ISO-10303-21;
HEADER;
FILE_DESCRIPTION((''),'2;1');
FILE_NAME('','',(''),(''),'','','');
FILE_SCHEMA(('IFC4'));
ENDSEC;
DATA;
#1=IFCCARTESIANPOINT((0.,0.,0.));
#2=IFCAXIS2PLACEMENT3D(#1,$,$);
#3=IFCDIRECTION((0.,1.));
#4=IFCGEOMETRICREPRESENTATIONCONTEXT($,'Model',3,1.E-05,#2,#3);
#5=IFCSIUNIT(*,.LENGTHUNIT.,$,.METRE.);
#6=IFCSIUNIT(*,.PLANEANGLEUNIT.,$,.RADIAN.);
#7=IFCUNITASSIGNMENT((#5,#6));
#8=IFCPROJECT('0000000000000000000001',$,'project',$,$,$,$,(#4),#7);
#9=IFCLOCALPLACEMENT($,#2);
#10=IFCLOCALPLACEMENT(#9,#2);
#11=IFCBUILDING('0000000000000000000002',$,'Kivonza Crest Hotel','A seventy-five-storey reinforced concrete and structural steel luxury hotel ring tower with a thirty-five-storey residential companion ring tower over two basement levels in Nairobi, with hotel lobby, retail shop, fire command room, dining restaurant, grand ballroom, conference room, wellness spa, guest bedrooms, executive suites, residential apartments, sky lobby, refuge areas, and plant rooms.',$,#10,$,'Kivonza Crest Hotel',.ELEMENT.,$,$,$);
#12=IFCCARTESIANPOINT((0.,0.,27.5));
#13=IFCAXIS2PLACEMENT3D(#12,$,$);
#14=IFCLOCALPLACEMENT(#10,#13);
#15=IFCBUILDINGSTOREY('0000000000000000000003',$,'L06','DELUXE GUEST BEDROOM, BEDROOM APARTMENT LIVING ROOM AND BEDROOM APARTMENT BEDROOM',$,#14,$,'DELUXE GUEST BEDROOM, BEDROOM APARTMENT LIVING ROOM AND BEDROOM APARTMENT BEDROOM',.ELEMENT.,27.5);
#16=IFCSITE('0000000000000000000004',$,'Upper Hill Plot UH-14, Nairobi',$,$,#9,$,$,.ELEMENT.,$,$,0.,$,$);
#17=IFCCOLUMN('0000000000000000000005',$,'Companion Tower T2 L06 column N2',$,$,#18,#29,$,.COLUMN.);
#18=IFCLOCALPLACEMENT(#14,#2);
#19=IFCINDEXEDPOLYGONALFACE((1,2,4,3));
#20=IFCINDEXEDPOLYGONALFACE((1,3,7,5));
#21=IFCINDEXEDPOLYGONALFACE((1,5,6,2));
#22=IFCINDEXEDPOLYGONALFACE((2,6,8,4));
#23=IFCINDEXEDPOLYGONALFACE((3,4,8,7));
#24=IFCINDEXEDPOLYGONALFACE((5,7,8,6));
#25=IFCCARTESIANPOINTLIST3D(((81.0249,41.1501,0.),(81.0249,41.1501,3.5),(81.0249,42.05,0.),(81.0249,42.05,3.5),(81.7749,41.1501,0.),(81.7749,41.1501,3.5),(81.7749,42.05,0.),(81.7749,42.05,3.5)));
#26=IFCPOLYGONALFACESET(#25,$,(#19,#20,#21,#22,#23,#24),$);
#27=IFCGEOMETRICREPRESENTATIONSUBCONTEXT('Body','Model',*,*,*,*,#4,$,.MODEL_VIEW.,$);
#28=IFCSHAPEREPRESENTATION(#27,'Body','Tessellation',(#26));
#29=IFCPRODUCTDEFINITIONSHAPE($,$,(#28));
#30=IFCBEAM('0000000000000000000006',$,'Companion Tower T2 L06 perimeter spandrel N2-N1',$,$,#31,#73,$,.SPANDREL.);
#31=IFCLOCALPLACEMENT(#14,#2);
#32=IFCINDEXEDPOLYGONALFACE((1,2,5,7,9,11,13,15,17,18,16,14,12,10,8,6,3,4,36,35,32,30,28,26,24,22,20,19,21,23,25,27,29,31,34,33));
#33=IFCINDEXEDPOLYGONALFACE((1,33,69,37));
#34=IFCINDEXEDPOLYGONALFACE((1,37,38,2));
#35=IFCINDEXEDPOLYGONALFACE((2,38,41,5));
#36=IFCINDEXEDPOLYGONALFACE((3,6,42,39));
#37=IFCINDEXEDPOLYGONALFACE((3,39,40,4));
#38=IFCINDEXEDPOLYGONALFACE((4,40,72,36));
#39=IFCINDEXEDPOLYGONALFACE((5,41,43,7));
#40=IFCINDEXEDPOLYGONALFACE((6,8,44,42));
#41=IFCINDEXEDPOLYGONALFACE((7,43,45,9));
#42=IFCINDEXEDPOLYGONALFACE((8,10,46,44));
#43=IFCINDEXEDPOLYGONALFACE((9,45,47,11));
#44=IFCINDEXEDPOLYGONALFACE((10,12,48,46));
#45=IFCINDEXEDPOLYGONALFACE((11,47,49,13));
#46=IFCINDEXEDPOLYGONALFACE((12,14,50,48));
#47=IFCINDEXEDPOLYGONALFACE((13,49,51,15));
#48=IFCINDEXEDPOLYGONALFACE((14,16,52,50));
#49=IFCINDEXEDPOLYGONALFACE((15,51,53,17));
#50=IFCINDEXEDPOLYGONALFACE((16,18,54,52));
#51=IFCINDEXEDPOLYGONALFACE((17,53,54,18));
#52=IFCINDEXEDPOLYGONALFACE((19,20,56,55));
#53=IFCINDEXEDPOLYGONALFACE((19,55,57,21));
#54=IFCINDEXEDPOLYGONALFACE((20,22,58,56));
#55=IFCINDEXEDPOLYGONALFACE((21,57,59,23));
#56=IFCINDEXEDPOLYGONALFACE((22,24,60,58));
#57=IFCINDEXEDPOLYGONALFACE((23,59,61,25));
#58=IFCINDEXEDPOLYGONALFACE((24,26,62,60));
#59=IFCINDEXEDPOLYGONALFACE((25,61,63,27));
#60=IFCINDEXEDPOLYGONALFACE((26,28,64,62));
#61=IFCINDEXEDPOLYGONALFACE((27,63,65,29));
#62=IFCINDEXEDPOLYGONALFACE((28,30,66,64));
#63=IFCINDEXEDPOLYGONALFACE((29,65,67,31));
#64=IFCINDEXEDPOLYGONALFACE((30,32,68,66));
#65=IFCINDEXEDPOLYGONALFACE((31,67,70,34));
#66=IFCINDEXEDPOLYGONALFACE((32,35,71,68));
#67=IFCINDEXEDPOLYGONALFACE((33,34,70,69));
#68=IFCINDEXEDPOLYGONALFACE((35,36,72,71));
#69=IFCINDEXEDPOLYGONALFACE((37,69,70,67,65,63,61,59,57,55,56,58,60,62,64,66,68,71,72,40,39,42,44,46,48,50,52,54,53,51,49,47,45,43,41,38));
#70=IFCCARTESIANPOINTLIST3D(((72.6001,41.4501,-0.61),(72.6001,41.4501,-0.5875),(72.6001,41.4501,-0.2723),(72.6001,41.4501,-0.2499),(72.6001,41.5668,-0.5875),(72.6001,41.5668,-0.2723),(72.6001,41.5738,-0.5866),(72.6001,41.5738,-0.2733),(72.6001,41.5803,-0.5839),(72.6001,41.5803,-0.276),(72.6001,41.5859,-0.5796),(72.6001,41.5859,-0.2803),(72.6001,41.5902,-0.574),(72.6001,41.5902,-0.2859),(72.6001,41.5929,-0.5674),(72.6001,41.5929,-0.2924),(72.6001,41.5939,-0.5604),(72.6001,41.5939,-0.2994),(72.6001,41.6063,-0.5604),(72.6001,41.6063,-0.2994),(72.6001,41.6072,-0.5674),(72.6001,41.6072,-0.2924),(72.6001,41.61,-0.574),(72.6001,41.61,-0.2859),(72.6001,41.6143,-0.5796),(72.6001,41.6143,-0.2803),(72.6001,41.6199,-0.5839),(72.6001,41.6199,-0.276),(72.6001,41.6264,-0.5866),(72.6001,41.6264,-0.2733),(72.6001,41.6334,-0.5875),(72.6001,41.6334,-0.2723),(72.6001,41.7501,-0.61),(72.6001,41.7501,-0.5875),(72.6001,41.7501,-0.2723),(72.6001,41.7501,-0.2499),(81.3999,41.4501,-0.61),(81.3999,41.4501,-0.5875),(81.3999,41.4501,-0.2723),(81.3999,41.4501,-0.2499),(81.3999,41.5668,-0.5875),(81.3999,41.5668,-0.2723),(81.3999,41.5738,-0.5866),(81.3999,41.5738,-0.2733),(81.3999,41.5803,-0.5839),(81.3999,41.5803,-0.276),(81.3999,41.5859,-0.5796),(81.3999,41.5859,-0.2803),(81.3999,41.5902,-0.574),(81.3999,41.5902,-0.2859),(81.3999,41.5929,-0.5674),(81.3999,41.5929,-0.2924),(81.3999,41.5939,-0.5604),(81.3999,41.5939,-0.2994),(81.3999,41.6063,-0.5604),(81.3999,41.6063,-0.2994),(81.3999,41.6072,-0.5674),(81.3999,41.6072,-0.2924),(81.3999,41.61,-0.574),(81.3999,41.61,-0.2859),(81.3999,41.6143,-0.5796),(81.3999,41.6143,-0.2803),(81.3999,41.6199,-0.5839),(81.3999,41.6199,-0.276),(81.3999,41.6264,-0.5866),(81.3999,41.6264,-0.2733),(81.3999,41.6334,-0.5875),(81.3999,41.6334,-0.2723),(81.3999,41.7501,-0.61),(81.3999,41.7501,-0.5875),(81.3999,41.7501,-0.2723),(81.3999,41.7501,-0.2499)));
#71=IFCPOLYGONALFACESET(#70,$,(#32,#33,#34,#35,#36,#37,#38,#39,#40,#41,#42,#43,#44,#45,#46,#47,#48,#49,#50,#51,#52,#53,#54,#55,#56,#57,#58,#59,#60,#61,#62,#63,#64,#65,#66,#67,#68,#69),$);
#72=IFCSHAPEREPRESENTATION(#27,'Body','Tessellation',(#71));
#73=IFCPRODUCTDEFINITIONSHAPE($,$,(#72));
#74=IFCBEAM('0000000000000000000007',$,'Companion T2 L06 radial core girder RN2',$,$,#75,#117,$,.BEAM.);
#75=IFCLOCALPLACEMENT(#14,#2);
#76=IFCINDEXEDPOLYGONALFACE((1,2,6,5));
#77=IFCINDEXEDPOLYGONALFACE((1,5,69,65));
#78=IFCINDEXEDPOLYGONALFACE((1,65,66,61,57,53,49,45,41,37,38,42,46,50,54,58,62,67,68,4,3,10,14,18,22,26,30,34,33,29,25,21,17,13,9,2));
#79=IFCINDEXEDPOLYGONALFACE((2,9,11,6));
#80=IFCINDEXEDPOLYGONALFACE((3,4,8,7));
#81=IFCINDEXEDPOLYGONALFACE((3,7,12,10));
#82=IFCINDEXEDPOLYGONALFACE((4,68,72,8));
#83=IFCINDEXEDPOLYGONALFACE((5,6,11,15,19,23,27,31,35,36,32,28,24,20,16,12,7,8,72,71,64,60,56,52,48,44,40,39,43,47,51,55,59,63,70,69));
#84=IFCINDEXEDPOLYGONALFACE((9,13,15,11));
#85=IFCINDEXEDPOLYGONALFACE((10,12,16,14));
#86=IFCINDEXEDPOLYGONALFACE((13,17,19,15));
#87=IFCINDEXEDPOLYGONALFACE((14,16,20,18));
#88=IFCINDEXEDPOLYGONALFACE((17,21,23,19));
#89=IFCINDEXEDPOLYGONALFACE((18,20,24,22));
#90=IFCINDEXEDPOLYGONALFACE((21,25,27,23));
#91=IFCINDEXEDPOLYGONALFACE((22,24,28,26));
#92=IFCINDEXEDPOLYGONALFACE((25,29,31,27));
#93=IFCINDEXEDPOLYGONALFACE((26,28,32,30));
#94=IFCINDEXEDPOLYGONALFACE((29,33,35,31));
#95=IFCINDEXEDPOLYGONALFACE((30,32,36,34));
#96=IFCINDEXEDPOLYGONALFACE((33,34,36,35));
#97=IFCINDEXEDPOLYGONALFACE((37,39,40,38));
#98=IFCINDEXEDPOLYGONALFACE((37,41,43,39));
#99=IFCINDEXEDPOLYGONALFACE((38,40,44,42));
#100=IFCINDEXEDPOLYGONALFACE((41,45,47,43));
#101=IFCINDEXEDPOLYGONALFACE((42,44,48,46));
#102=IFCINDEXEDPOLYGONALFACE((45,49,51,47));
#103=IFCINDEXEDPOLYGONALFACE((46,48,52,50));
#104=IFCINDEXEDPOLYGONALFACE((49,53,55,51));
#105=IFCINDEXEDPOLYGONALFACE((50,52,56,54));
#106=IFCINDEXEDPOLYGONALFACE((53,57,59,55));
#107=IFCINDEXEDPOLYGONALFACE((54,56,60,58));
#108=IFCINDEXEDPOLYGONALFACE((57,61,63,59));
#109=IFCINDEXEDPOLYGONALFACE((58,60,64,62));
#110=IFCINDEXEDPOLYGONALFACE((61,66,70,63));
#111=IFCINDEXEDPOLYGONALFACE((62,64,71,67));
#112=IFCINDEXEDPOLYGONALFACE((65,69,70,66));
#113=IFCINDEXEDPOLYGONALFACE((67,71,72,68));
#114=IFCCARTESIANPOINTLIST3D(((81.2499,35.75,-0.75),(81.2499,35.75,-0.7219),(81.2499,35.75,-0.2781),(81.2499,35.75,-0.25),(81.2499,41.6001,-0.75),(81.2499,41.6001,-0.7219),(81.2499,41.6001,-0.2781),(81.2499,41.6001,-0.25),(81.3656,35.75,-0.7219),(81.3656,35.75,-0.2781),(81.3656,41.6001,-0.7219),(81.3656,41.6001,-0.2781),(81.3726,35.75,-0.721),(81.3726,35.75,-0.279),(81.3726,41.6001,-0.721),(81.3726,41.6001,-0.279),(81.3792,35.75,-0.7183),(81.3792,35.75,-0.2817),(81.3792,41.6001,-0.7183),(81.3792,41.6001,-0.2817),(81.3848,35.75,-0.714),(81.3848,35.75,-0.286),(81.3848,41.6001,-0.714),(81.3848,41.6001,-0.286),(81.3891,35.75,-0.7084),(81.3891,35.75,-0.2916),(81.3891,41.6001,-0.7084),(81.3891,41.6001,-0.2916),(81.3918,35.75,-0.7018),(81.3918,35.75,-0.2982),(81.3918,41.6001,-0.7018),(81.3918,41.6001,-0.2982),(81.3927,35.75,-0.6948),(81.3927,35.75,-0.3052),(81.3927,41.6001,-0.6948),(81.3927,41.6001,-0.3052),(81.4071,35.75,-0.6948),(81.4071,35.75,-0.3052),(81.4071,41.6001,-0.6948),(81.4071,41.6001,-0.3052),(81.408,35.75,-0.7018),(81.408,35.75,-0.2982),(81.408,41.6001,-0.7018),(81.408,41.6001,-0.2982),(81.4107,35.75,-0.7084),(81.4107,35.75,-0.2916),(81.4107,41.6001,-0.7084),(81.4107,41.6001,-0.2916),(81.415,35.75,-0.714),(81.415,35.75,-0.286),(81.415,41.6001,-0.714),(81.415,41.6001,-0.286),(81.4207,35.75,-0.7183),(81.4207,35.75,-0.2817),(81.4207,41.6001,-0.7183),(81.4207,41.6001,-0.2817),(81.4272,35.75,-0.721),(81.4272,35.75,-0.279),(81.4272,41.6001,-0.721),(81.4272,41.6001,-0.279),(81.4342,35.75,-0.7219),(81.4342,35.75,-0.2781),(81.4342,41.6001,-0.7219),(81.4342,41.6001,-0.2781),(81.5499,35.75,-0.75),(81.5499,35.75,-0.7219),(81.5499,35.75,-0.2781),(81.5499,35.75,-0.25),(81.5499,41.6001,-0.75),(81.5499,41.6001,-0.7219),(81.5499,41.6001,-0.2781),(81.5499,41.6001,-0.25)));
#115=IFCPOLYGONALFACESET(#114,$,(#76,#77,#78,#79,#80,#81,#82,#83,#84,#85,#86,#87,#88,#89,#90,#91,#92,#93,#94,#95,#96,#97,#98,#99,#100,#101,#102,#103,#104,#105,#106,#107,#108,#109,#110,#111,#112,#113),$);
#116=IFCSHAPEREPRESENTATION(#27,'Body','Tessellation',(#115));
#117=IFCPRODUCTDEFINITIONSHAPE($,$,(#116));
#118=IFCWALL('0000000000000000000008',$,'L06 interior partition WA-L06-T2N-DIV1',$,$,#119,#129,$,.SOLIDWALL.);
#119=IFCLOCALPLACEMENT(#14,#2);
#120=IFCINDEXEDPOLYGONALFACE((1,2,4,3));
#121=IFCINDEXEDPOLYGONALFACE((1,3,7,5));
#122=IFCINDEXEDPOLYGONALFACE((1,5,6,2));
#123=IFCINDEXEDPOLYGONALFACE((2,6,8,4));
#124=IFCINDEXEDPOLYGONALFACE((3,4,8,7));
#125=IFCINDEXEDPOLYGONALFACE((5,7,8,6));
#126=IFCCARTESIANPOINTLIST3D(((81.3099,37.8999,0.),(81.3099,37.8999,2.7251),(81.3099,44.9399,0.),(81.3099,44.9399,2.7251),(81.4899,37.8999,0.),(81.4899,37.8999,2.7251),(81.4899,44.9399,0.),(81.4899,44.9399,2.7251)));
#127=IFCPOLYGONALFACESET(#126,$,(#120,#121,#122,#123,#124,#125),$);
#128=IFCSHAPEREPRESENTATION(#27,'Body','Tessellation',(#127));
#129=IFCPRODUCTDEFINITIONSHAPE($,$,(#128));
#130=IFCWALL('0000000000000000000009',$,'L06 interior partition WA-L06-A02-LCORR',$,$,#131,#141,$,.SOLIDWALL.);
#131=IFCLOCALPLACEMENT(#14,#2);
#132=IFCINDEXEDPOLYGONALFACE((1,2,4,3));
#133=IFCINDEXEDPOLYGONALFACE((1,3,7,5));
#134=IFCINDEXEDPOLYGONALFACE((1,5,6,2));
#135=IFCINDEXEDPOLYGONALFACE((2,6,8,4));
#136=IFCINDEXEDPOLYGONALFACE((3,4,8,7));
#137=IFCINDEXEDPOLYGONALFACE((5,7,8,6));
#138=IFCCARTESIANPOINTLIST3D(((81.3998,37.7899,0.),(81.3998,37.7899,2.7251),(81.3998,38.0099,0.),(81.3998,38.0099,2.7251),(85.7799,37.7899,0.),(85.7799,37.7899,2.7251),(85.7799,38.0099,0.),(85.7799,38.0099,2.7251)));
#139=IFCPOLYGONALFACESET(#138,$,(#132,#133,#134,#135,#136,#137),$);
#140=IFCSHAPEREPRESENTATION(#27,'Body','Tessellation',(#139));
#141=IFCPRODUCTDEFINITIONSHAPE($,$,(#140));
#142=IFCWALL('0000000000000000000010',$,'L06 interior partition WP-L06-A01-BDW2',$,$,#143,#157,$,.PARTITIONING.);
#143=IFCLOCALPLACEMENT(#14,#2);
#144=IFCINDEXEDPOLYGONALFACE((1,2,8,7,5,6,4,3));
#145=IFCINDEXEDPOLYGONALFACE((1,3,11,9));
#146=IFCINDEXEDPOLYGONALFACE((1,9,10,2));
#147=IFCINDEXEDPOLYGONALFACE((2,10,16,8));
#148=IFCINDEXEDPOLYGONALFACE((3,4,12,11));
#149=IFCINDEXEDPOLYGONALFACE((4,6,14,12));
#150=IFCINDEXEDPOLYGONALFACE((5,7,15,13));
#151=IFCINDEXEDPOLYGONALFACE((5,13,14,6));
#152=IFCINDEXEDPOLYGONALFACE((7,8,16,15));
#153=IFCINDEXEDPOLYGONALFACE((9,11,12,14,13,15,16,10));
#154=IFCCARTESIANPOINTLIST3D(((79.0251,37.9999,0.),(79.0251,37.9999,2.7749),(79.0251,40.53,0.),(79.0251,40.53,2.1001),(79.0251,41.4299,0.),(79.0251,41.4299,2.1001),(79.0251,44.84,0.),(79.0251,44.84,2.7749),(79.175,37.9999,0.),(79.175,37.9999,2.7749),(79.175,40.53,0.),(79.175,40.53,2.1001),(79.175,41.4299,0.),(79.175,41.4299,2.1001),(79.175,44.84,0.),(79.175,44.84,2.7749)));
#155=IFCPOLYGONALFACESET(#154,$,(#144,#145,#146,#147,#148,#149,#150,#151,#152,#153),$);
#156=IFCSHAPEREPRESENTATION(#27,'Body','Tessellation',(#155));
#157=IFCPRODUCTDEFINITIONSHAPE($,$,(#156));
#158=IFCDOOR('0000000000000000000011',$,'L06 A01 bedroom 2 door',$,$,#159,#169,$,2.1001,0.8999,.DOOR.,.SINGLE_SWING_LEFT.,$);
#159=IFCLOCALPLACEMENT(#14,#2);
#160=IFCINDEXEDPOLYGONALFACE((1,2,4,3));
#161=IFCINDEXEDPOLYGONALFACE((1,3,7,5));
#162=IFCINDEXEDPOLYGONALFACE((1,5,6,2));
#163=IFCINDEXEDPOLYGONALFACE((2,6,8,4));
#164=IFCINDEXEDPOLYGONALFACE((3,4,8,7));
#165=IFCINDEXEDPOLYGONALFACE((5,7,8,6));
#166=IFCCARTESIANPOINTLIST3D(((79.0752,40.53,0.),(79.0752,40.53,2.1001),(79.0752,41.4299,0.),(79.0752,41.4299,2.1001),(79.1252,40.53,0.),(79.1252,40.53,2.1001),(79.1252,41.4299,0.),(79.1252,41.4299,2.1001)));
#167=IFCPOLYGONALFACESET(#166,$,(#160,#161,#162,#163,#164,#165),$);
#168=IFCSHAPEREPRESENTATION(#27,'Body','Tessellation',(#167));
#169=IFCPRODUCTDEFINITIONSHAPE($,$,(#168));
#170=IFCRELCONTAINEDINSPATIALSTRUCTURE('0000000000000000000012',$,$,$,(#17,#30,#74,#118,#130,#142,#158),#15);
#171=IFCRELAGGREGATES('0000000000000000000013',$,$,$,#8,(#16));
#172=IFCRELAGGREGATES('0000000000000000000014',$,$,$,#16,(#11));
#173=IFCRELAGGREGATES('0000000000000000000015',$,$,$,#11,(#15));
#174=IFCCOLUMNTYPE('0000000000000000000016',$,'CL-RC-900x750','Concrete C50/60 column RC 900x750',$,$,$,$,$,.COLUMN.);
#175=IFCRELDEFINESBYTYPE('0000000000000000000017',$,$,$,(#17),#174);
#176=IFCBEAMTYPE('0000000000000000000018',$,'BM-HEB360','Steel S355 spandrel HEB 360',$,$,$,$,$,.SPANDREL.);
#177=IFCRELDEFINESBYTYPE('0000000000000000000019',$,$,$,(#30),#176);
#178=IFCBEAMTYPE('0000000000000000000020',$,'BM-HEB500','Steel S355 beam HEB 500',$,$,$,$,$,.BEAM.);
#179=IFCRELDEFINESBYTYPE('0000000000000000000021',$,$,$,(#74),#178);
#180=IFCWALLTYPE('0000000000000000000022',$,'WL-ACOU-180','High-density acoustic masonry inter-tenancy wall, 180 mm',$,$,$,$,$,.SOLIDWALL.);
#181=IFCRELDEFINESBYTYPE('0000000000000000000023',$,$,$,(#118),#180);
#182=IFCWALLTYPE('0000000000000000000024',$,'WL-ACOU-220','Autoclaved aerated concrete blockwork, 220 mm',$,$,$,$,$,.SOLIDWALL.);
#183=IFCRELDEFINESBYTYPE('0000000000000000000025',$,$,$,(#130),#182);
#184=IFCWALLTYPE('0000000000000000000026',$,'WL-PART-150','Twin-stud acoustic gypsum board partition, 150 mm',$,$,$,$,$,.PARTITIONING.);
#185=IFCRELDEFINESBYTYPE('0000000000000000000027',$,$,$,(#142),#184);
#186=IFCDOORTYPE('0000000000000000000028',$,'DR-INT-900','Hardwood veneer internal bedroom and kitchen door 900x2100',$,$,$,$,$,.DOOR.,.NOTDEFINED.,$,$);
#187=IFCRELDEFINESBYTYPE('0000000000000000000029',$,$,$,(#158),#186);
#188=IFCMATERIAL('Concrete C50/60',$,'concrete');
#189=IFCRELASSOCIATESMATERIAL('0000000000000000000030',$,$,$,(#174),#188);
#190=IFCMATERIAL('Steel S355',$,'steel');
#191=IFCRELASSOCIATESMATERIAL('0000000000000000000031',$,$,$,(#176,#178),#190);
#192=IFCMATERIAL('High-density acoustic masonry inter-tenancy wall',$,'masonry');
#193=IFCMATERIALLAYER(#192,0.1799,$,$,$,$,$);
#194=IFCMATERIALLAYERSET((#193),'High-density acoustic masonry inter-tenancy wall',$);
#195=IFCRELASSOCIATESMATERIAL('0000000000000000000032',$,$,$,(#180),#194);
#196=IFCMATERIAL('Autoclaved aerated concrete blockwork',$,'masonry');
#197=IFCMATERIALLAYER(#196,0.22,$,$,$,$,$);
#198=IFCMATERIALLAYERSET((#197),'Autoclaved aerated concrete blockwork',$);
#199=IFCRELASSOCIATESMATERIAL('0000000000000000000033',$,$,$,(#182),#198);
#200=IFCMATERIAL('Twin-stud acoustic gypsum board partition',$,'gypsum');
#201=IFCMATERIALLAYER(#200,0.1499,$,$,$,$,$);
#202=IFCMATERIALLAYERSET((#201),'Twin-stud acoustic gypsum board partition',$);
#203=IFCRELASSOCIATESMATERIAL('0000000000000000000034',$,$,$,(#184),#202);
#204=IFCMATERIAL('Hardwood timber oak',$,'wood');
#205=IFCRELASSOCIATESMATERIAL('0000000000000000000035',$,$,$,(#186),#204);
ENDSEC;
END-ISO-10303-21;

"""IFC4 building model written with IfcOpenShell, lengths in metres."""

from ifc_helpers import new_model, si_unit, direction, frame, frame_2d, origin, origin_2d, place, context, subcontext, project, spatial, rectangle, i_section, extrude, material, layer, layer_set, material_profile, profile_set, type_object, element, fill, save


model = new_model("IFC4")

# Units and contexts
model_context = context("Model", 3, precision=1e-05, world=origin(), true_north=direction((0.0, 1.0)))
body_context = subcontext(model_context, "Body", "Model", "MODEL_VIEW")
ifc_project = project(units=[si_unit("LENGTHUNIT", "METRE"), si_unit("PLANEANGLEUNIT", "RADIAN")], contexts=[model_context])

# Site, building, storey
site_placement = place(None, origin())
site = spatial("IfcSite", under=ifc_project, at=site_placement, Name="Upper Hill Plot UH-14, Nairobi", CompositionType="ELEMENT", RefElevation=0.0)
building_placement = place(site_placement, origin())
building = spatial("IfcBuilding", under=site, at=building_placement, Name="Kivonza Crest Hotel", Description="A seventy-five-storey reinforced concrete and structural steel luxury hotel ring tower with a thirty-five-storey residential companion ring tower over two basement levels in Nairobi, with hotel lobby, retail shop, fire command room, dining restaurant, grand ballroom, conference room, wellness spa, guest bedrooms, executive suites, residential apartments, sky lobby, refuge areas, and plant rooms.", LongName="Kivonza Crest Hotel", CompositionType="ELEMENT")
storey_placement = place(building_placement, frame((0.0, 0.0, 27.5)))
storey = spatial("IfcBuildingStorey", under=building, at=storey_placement, Name="L06", Description="DELUXE GUEST BEDROOM, BEDROOM APARTMENT LIVING ROOM AND BEDROOM APARTMENT BEDROOM", LongName="DELUXE GUEST BEDROOM, BEDROOM APARTMENT LIVING ROOM AND BEDROOM APARTMENT BEDROOM", CompositionType="ELEMENT", Elevation=27.5)

# Column
ifc_material_1 = material(Name="Concrete C50/60", Category="concrete")
ifc_material_profile_1 = material_profile(ifc_material_1, rectangle(XDim=0.75, YDim=0.8999, at=origin_2d()), Name="RC 900x750")
ifc_profile_set_1 = profile_set([ifc_material_profile_1], Name="Concrete C50/60")
column_type = type_object("IfcColumnType", Name="CL-RC-900x750", Description="Concrete C50/60 column RC 900x750", PredefinedType="COLUMN", material=ifc_profile_set_1)
column_placement = place(storey_placement, frame((81.3999, 41.6001, 0.0), z_axis=(0.0, 0.0, 1.0), x_axis=(1.0, 0.0, 0.0)))
element("IfcColumn", 1, at=column_placement, inside=storey, type_object=column_type, Name="Companion Tower T2 L06 column N2", PredefinedType="COLUMN", context=body_context, shape_type="SweptSolid", body=[
    extrude(rectangle(XDim=0.75, YDim=0.8999, at=origin_2d()), origin(), (0.0, 0.0, 1.0), 3.5),
])

# Beams
ifc_material_2 = material(Name="Steel S355", Category="steel")
ifc_material_profile_2 = material_profile(ifc_material_2, i_section(OverallWidth=0.3, OverallDepth=0.3601, WebThickness=0.0125, FlangeThickness=0.0225, FilletRadius=0.0271, at=origin_2d()), Name="HEB 360")
ifc_profile_set_2 = profile_set([ifc_material_profile_2], Name="Steel S355")
beam_type_1 = type_object("IfcBeamType", Name="BM-HEB360", Description="Steel S355 spandrel HEB 360", PredefinedType="SPANDREL", material=ifc_profile_set_2)
beam_1_placement = place(storey_placement, frame((81.3999, 41.6001, -0.4299), z_axis=(-1.0, 0.0, 0.0), x_axis=(0.0, -1.0, 0.0)))
element("IfcBeam", 2, at=beam_1_placement, inside=storey, type_object=beam_type_1, Name="Companion Tower T2 L06 perimeter spandrel N2-N1", PredefinedType="SPANDREL", context=body_context, shape_type="SweptSolid", body=[
    extrude(i_section(OverallWidth=0.3, OverallDepth=0.3601, WebThickness=0.0125, FlangeThickness=0.0225, FilletRadius=0.0271, at=origin_2d()), origin(), (0.0, 0.0, 1.0), 8.7998),
])
ifc_material_profile_3 = material_profile(ifc_material_2, i_section(OverallWidth=0.3, OverallDepth=0.5, WebThickness=0.0144, FlangeThickness=0.0281, FilletRadius=0.0271, at=origin_2d()), Name="HEB 500")
ifc_profile_set_3 = profile_set([ifc_material_profile_3], Name="Steel S355")
beam_type_2 = type_object("IfcBeamType", Name="BM-HEB500", Description="Steel S355 beam HEB 500", PredefinedType="BEAM", material=ifc_profile_set_3)
beam_2_placement = place(storey_placement, frame((81.3999, 41.6001, -0.5), z_axis=(0.0, -1.0, 0.0), x_axis=(1.0, 0.0, 0.0)))
element("IfcBeam", 3, at=beam_2_placement, inside=storey, type_object=beam_type_2, Name="Companion T2 L06 radial core girder RN2", PredefinedType="BEAM", context=body_context, shape_type="SweptSolid", body=[
    extrude(i_section(OverallWidth=0.3, OverallDepth=0.5, WebThickness=0.0144, FlangeThickness=0.0281, FilletRadius=0.0271, at=origin_2d()), origin(), (0.0, 0.0, 1.0), 5.8501),
])

# Walls
ifc_material_3 = material(Name="High-density acoustic masonry inter-tenancy wall", Category="masonry")
ifc_layer_1 = layer(ifc_material_3, 0.1799)
ifc_layer_set_1 = layer_set([ifc_layer_1], Name="High-density acoustic masonry inter-tenancy wall")
wall_type_1 = type_object("IfcWallType", Name="WL-ACOU-180", Description="High-density acoustic masonry inter-tenancy wall, 180 mm", PredefinedType="SOLIDWALL", material=ifc_layer_set_1)
wall_1_placement = place(storey_placement, frame((81.3999, 37.8999, 0.0), z_axis=(0.0, 0.0, 1.0), x_axis=(0.0, 1.0, 0.0)))
element("IfcWall", 4, at=wall_1_placement, inside=storey, type_object=wall_type_1, Name="L06 interior partition WA-L06-T2N-DIV1", PredefinedType="SOLIDWALL", context=body_context, shape_type="SweptSolid", body=[
    extrude(rectangle(XDim=7.04, YDim=0.1799, at=frame_2d((3.52, 0.0))), origin(), (0.0, 0.0, 1.0), 2.7251),
])
ifc_material_4 = material(Name="Autoclaved aerated concrete blockwork", Category="masonry")
ifc_layer_2 = layer(ifc_material_4, 0.22)
ifc_layer_set_2 = layer_set([ifc_layer_2], Name="Autoclaved aerated concrete blockwork")
wall_type_2 = type_object("IfcWallType", Name="WL-ACOU-220", Description="Autoclaved aerated concrete blockwork, 220 mm", PredefinedType="SOLIDWALL", material=ifc_layer_set_2)
wall_2_placement = place(storey_placement, frame((81.3999, 37.8999, 0.0), z_axis=(0.0, 0.0, 1.0), x_axis=(1.0, 0.0, 0.0)))
element("IfcWall", 5, at=wall_2_placement, inside=storey, type_object=wall_type_2, Name="L06 interior partition WA-L06-A02-LCORR", PredefinedType="SOLIDWALL", context=body_context, shape_type="SweptSolid", body=[
    extrude(rectangle(XDim=4.3801, YDim=0.22, at=frame_2d((2.1899, 0.0))), origin(), (0.0, 0.0, 1.0), 2.7251),
])

# Wall, opening, door
ifc_material_5 = material(Name="Twin-stud acoustic gypsum board partition", Category="gypsum")
ifc_layer_3 = layer(ifc_material_5, 0.1499)
ifc_layer_set_3 = layer_set([ifc_layer_3], Name="Twin-stud acoustic gypsum board partition")
wall_type_3 = type_object("IfcWallType", Name="WL-PART-150", Description="Twin-stud acoustic gypsum board partition, 150 mm", PredefinedType="PARTITIONING", material=ifc_layer_set_3)
wall_3_placement = place(storey_placement, frame((79.1001, 38.0, 0.0), z_axis=(0.0, 0.0, 1.0), x_axis=(0.0, 1.0, 0.0)))
wall_3 = element("IfcWall", 6, at=wall_3_placement, inside=storey, type_object=wall_type_3, Name="L06 interior partition WP-L06-A01-BDW2", PredefinedType="PARTITIONING", context=body_context, shape_type="SweptSolid", body=[
    extrude(rectangle(XDim=6.8401, YDim=0.1499, at=frame_2d((3.4199, 0.0))), origin(), (0.0, 0.0, 1.0), 2.7749),
])
opening_1_placement = place(wall_3_placement, frame((2.53, 0.0, 0.0)))
opening_1 = element("IfcOpeningElement", 7, at=opening_1_placement, cuts=wall_3, PredefinedType="OPENING", context=body_context, shape_type="SweptSolid", body=[
    extrude(rectangle(XDim=0.8999, YDim=2.1001, at=frame_2d((0.45, 1.05))), frame((0.0, 0.085, 0.0), z_axis=(0.0, -1.0, 0.0), x_axis=(1.0, 0.0, 0.0)), (0.0, 0.0, 1.0), 0.1699),
])
ifc_material_6 = material(Name="Hardwood timber oak", Category="wood")
door_type_1 = type_object("IfcDoorType", Name="DR-INT-900", Description="Hardwood veneer internal bedroom and kitchen door 900x2100", OperationType="NOTDEFINED", PredefinedType="DOOR", material=ifc_material_6)
door_1_placement = place(opening_1_placement, origin())
door_1 = element("IfcDoor", 8, at=door_1_placement, inside=storey, type_object=door_type_1, Name="L06 A01 bedroom 2 door", OperationType="SINGLE_SWING_LEFT", OverallHeight=2.1001, OverallWidth=0.8999, PredefinedType="DOOR", context=body_context, shape_type="SweptSolid", body=[
    extrude(rectangle(XDim=0.8999, YDim=2.1001, at=frame_2d((0.45, 1.05))), frame((0.0, 0.0249, 0.0), z_axis=(0.0, -1.0, 0.0), x_axis=(1.0, 0.0, 0.0)), (0.0, 0.0, 1.0), 0.05),
])
fill(opening_1, door_1)

save(model, "model.ifc")
